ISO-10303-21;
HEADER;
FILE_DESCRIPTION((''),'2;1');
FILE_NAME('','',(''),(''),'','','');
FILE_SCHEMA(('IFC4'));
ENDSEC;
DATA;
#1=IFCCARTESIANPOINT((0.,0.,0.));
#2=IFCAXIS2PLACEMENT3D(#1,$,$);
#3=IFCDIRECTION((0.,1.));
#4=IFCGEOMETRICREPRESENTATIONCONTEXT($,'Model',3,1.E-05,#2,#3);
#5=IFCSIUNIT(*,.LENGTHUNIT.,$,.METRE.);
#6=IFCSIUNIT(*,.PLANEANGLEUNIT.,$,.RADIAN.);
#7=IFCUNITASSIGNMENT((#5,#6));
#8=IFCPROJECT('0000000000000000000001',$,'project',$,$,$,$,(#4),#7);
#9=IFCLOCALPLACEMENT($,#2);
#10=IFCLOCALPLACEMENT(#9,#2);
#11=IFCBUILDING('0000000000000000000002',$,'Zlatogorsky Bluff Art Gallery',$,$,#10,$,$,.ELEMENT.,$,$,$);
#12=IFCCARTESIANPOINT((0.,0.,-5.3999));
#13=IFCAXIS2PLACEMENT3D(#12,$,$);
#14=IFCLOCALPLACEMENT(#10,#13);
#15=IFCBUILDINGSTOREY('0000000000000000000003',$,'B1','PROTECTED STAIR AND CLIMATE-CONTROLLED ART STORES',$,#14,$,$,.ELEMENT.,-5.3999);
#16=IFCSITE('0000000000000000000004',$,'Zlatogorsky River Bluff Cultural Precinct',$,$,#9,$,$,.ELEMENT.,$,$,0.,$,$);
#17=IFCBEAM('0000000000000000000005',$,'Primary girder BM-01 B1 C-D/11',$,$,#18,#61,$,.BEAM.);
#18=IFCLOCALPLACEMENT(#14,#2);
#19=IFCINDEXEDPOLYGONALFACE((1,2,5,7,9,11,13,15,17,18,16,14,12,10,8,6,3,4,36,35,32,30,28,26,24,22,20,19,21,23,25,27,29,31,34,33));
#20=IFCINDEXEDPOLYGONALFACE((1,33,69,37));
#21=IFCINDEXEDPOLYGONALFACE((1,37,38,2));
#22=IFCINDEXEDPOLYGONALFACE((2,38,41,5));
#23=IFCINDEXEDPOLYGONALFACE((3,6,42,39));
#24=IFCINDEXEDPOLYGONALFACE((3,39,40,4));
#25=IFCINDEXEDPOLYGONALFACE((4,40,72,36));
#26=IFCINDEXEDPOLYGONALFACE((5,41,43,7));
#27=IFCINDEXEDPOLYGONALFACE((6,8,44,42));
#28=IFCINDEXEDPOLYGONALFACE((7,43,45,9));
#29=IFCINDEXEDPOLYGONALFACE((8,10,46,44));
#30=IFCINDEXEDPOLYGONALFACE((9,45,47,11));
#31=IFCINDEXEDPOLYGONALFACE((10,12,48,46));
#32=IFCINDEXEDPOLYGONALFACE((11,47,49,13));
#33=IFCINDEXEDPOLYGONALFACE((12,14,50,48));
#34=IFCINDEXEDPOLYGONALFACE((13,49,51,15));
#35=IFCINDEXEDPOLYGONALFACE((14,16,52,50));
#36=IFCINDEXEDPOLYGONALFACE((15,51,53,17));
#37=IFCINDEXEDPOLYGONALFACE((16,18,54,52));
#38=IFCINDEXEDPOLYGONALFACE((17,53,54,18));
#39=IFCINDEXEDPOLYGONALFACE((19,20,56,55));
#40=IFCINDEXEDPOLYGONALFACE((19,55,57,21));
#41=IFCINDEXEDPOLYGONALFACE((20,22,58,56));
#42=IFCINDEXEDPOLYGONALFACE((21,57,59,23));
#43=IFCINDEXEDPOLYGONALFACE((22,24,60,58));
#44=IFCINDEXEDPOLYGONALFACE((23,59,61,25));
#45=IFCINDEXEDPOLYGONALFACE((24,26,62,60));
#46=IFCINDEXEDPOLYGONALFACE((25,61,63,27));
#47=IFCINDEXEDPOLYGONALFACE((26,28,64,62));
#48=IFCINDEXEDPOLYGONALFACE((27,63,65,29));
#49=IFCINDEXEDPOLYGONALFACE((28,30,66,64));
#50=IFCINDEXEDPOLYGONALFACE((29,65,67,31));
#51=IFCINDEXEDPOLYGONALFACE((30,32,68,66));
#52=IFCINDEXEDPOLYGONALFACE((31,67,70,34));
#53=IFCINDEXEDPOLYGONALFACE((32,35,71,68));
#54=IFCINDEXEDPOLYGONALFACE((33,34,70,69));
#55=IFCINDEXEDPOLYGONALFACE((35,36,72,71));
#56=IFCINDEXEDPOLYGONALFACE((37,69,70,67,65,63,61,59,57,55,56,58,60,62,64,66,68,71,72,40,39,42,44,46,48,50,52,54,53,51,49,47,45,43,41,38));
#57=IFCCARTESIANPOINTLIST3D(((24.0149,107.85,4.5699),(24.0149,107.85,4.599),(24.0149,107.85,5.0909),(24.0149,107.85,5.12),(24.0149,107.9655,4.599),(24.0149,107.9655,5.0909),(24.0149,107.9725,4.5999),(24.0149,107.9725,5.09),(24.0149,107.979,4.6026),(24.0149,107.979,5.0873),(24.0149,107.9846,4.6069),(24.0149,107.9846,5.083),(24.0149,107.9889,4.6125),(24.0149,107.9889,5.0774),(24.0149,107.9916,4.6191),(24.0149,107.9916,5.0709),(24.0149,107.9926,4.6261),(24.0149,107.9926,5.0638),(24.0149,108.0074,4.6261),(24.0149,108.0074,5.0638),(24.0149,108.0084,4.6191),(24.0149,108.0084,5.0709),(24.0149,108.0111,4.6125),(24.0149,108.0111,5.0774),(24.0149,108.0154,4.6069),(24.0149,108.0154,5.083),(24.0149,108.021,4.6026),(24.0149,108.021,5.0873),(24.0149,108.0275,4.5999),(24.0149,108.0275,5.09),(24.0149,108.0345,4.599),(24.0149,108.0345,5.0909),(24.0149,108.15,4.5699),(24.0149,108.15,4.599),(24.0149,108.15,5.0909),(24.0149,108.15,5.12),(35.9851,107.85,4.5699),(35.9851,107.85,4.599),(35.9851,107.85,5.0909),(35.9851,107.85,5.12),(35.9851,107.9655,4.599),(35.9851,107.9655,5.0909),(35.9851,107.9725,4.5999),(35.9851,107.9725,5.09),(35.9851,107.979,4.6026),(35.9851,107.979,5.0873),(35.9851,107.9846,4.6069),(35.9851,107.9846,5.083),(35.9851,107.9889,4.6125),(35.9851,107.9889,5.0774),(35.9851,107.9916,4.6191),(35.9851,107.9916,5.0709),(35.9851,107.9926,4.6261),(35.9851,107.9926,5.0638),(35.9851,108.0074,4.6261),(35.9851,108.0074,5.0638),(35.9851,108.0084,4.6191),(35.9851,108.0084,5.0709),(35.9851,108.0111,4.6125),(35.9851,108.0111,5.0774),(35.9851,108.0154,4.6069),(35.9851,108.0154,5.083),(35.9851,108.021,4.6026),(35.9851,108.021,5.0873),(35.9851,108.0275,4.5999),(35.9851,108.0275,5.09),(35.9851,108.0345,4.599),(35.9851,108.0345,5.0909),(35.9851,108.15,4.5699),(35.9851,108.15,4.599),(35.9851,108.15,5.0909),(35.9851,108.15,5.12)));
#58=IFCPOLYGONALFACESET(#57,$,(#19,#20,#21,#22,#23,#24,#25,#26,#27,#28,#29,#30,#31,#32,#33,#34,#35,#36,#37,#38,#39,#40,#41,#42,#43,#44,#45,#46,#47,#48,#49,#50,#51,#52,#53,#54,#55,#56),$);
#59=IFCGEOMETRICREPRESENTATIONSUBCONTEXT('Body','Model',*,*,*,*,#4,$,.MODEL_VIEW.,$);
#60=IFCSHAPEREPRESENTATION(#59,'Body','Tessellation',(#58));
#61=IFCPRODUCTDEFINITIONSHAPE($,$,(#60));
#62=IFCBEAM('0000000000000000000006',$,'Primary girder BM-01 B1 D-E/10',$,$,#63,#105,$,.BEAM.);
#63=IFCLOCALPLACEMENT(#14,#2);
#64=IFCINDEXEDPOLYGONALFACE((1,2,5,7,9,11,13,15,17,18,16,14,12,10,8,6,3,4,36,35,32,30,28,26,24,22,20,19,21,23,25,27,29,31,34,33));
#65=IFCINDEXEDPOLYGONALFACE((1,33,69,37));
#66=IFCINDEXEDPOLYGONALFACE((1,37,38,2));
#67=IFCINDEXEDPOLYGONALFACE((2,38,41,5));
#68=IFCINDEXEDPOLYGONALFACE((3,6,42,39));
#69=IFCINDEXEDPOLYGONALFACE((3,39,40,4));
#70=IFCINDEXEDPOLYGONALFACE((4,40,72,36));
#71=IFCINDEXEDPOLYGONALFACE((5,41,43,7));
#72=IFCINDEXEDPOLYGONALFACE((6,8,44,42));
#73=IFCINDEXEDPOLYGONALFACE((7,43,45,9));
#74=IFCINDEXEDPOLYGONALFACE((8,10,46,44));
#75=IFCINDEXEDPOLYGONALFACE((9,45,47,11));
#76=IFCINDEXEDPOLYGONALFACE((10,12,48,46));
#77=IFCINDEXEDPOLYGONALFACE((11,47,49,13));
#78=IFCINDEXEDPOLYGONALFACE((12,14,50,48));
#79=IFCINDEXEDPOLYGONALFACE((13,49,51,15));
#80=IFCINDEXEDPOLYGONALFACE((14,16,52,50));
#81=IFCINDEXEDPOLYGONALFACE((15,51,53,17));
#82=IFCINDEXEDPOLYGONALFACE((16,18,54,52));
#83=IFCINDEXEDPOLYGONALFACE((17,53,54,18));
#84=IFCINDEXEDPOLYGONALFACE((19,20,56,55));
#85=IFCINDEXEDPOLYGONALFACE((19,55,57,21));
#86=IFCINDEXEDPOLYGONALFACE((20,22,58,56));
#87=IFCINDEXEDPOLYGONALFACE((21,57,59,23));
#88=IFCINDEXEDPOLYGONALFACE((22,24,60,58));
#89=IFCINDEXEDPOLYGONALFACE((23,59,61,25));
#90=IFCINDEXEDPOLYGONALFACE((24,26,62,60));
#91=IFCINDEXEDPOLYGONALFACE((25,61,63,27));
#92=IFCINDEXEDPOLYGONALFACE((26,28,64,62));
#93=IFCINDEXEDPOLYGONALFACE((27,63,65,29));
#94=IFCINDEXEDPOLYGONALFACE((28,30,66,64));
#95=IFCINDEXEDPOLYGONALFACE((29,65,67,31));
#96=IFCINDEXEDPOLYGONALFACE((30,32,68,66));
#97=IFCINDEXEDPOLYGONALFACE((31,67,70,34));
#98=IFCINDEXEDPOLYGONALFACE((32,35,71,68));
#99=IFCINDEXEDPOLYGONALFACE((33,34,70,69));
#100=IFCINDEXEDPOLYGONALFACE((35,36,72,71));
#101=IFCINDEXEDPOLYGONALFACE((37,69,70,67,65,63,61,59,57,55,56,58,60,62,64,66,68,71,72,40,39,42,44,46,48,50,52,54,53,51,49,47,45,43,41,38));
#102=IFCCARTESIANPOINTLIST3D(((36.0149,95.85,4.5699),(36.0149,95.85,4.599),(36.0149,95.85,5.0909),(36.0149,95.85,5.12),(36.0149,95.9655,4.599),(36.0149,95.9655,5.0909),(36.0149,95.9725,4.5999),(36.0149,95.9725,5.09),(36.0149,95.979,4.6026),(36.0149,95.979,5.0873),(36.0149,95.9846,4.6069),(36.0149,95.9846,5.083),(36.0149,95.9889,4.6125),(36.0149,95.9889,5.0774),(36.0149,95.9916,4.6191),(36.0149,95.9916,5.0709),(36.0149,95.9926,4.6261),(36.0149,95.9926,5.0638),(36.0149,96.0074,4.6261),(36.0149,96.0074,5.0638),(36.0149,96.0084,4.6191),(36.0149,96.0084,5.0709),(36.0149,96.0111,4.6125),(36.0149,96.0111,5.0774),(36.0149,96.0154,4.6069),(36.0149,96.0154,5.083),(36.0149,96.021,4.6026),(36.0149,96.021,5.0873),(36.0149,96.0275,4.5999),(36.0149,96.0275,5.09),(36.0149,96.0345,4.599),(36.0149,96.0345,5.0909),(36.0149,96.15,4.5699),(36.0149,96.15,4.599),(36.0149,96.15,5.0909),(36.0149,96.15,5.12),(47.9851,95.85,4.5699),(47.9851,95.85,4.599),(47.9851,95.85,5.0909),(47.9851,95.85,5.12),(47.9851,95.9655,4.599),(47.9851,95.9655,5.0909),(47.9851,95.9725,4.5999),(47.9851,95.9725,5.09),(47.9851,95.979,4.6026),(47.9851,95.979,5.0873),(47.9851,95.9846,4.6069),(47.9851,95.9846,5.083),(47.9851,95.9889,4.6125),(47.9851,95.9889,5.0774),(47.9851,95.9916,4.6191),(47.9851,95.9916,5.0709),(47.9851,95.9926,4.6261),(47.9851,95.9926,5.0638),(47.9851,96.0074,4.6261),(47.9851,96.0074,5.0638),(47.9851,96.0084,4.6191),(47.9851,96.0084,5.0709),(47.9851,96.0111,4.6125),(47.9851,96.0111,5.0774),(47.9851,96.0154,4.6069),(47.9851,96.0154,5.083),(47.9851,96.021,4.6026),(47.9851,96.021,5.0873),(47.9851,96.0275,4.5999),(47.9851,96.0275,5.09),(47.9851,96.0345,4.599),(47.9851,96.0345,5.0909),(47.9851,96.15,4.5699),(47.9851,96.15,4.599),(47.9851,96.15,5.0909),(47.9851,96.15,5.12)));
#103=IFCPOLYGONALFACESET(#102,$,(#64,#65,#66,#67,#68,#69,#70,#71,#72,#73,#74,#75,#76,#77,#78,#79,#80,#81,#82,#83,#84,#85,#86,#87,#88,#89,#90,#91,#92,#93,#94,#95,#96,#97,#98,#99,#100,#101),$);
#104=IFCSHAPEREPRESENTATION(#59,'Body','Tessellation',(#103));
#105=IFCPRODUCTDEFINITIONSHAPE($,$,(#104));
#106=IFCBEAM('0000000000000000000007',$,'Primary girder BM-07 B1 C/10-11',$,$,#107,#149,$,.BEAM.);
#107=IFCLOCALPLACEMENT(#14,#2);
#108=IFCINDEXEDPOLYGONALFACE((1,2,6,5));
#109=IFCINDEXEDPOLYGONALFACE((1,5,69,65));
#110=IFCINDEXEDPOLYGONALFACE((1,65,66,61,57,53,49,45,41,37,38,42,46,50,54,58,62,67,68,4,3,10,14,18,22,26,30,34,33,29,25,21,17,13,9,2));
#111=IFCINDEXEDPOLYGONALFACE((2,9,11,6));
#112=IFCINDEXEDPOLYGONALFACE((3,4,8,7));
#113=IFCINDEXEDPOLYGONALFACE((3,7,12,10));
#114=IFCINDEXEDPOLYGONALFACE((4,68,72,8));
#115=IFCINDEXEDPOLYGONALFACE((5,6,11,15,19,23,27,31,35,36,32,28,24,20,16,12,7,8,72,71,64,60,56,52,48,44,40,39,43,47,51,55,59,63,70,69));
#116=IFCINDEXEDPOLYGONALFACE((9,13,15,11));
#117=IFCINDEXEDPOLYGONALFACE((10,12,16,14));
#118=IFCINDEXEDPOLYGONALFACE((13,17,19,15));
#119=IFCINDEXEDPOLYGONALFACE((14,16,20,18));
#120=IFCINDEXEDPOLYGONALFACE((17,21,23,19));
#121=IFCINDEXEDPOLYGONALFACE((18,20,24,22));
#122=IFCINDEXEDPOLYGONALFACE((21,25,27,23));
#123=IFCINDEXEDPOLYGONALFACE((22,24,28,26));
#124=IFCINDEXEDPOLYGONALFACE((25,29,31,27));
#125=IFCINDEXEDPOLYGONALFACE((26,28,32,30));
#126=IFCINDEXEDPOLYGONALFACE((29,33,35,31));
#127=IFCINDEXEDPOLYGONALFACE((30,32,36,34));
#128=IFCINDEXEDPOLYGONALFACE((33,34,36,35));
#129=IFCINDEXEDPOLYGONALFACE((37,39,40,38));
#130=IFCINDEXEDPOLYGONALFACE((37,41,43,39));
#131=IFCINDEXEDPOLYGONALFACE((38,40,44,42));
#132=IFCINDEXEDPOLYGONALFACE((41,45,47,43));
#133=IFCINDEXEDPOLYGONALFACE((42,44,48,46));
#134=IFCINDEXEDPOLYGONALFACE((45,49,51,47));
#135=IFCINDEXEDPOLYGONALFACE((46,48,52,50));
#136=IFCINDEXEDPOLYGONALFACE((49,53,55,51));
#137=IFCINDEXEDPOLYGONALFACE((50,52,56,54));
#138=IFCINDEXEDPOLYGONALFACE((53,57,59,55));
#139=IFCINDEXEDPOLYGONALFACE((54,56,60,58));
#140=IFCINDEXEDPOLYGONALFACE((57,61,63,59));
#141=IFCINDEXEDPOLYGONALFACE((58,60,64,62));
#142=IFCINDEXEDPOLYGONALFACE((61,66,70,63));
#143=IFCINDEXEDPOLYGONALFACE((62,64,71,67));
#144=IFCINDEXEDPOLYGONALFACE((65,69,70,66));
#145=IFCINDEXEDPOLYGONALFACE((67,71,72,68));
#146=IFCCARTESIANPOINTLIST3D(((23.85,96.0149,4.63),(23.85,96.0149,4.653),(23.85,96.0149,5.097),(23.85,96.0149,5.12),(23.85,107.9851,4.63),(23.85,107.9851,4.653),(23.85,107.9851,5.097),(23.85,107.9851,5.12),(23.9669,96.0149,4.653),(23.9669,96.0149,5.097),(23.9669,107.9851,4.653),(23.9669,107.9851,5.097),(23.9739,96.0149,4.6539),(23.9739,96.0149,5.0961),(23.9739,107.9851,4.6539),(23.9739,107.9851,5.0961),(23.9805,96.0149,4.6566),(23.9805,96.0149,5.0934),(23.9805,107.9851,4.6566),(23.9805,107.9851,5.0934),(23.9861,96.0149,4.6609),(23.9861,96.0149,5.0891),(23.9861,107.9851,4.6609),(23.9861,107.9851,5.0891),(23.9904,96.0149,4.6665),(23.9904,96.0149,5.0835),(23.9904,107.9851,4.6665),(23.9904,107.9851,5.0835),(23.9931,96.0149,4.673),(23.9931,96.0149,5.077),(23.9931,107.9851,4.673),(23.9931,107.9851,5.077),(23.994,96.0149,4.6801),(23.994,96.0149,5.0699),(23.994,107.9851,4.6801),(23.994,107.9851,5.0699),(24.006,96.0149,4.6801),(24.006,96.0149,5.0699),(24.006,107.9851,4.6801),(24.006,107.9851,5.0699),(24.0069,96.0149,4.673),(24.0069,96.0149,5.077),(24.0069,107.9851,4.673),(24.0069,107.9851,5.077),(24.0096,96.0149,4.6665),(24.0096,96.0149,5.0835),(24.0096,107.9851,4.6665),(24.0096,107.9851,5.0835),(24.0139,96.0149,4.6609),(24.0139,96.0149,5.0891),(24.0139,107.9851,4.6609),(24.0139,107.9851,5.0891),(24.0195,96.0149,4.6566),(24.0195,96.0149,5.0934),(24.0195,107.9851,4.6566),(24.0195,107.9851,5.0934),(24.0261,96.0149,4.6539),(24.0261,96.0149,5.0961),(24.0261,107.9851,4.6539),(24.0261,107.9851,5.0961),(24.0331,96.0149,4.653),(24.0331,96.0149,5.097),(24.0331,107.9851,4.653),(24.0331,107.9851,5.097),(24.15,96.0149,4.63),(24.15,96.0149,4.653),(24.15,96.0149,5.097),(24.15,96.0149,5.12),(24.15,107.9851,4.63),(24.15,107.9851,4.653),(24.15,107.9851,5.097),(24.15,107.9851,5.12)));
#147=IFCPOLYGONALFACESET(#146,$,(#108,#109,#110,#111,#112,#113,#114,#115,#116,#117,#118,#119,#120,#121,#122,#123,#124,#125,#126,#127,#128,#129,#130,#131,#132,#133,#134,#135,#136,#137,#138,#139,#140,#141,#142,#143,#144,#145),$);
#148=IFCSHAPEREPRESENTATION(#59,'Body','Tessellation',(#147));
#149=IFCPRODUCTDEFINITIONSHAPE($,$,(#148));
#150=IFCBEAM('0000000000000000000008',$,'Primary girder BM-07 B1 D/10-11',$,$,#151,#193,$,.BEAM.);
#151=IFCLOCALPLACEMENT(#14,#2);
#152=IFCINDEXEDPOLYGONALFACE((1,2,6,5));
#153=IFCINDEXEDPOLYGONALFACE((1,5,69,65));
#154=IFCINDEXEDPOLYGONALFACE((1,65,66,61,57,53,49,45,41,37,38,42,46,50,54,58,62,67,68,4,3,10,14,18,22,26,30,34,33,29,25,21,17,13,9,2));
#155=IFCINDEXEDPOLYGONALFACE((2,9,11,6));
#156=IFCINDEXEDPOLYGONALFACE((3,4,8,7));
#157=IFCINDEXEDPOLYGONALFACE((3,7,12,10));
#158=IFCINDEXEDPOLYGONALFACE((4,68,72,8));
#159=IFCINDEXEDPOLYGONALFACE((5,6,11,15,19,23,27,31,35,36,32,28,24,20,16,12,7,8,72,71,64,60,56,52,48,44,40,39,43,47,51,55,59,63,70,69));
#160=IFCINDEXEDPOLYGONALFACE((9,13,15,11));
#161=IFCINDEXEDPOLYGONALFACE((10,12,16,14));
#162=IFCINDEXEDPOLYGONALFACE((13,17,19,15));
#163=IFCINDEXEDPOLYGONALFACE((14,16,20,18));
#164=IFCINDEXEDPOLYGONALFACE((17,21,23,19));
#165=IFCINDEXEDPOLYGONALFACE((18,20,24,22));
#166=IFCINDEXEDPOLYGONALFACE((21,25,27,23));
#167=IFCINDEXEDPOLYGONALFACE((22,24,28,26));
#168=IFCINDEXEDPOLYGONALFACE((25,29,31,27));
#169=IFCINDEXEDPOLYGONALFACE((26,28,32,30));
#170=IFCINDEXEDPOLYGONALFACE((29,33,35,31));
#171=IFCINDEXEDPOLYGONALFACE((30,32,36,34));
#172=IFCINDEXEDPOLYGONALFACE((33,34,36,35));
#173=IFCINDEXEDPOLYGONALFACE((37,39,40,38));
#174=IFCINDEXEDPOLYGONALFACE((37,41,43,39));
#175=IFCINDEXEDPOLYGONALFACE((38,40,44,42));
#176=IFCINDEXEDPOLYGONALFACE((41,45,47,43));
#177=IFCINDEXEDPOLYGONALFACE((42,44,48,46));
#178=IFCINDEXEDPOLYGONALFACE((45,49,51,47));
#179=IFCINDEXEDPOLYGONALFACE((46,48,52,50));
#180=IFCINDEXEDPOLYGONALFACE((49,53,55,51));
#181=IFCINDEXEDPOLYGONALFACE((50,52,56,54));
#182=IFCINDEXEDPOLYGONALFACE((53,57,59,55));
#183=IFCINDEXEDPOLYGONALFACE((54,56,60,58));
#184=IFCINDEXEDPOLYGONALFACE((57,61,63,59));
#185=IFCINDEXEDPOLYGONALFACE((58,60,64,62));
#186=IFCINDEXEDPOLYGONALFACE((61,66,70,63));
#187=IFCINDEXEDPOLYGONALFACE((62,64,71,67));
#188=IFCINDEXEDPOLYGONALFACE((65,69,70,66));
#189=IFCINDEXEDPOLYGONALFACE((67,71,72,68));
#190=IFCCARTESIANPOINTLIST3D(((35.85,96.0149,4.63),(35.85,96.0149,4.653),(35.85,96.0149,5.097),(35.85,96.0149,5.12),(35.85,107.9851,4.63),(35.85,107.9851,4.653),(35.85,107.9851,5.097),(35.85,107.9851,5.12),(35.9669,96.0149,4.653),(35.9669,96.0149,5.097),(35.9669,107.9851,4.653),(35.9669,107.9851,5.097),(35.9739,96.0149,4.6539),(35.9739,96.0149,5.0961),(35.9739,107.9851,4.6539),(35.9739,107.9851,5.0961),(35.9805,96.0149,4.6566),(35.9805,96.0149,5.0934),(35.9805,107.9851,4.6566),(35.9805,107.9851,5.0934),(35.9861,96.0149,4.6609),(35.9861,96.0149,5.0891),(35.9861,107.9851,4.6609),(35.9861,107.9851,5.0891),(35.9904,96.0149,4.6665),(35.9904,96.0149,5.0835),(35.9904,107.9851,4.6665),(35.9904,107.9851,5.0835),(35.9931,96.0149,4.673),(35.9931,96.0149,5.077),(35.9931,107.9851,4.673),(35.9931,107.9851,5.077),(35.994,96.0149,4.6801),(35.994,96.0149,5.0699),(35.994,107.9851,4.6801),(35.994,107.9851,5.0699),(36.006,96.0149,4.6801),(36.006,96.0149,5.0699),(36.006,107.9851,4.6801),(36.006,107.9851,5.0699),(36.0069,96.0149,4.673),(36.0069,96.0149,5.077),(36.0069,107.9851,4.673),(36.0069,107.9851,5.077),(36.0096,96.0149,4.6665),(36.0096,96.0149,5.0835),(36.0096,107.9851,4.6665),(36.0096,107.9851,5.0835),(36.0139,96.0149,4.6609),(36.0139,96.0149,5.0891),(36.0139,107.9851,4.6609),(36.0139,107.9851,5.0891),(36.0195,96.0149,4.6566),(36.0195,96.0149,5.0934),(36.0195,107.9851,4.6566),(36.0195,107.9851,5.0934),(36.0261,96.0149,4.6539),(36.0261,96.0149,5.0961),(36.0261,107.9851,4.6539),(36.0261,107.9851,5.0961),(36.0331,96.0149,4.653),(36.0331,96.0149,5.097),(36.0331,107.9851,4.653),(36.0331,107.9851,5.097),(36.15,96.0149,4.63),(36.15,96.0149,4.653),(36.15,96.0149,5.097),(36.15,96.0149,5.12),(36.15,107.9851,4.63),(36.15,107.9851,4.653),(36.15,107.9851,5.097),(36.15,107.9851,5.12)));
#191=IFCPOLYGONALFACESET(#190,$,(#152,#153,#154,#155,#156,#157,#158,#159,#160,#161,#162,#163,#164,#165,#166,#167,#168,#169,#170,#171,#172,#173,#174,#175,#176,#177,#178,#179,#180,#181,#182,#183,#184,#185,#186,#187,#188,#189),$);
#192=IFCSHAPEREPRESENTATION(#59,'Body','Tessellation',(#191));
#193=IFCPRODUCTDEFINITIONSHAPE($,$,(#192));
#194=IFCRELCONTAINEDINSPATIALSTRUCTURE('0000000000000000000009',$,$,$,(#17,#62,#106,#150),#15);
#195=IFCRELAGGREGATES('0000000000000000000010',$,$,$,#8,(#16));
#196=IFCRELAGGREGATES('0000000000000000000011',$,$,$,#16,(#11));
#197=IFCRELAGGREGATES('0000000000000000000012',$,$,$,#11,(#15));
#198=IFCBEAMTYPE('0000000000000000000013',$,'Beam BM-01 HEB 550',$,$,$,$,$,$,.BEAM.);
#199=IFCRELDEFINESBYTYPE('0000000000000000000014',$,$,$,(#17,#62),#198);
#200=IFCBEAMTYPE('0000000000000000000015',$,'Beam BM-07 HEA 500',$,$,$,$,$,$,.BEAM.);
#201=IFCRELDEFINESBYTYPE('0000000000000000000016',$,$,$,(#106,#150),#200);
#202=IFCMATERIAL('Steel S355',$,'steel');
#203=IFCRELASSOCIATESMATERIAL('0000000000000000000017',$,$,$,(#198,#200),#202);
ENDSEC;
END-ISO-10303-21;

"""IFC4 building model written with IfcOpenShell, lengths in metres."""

from ifc_helpers import new_model, si_unit, direction, frame, origin, origin_2d, place, context, subcontext, project, spatial, i_section, extrude, material, material_profile, profile_set, type_object, element, save


model = new_model("IFC4")

# Units and contexts
model_context = context("Model", 3, precision=1e-05, world=origin(), true_north=direction((0.0, 1.0)))
body_context = subcontext(model_context, "Body", "Model", "MODEL_VIEW")
ifc_project = project(units=[si_unit("LENGTHUNIT", "METRE"), si_unit("PLANEANGLEUNIT", "RADIAN")], contexts=[model_context])

# Site, building, storey
site_placement = place(None, origin())
site = spatial("IfcSite", under=ifc_project, at=site_placement, Name="Zlatogorsky River Bluff Cultural Precinct", CompositionType="ELEMENT", RefElevation=0.0)
building_placement = place(site_placement, origin())
building = spatial("IfcBuilding", under=site, at=building_placement, Name="Zlatogorsky Bluff Art Gallery", CompositionType="ELEMENT")
storey_placement = place(building_placement, frame((0.0, 0.0, -5.3999)))
storey = spatial("IfcBuildingStorey", under=building, at=storey_placement, Name="B1", Description="PROTECTED STAIR AND CLIMATE-CONTROLLED ART STORES", CompositionType="ELEMENT", Elevation=-5.3999)

# Shared definitions
ifc_material_1 = material(Name="Steel S355", Category="steel")

# Beams
ifc_material_profile_1 = material_profile(ifc_material_1, i_section(OverallWidth=0.3, OverallDepth=0.55, WebThickness=0.0149, FlangeThickness=0.0291, FilletRadius=0.0271, at=origin_2d()), Name="HEB 550")
ifc_profile_set_1 = profile_set([ifc_material_profile_1], Name="Steel S355")
beam_type_1 = type_object("IfcBeamType", Name="Beam BM-01 HEB 550", PredefinedType="BEAM", material=ifc_profile_set_1)
for number, where, z_axis, x_axis, name in (
    (1, (24.0149, 108.0, 4.845), (1.0, 0.0, 0.0), (0.0, 1.0, 0.0), "Primary girder BM-01 B1 C-D/11"),
    (2, (36.0149, 96.0, 4.845), (1.0, 0.0, 0.0), (0.0, 1.0, 0.0), "Primary girder BM-01 B1 D-E/10"),
):
    element("IfcBeam", number, at=place(storey_placement, frame(where, z_axis=z_axis, x_axis=x_axis)), inside=storey, type_object=beam_type_1, Name=name, PredefinedType="BEAM", context=body_context, shape_type="SweptSolid", body=[
        extrude(i_section(OverallWidth=0.3, OverallDepth=0.55, WebThickness=0.0149, FlangeThickness=0.0291, FilletRadius=0.0271, at=origin_2d()), origin(), (0.0, 0.0, 1.0), 11.9702),
    ])
ifc_material_profile_2 = material_profile(ifc_material_1, i_section(OverallWidth=0.3, OverallDepth=0.49, WebThickness=0.012, FlangeThickness=0.0229, FilletRadius=0.0271, at=origin_2d()), Name="HEA 500")
ifc_profile_set_2 = profile_set([ifc_material_profile_2], Name="Steel S355")
beam_type_2 = type_object("IfcBeamType", Name="Beam BM-07 HEA 500", PredefinedType="BEAM", material=ifc_profile_set_2)
for number, where, z_axis, x_axis, name in (
    (3, (24.0, 96.0149, 4.875), (0.0, 1.0, 0.0), (-1.0, 0.0, 0.0), "Primary girder BM-07 B1 C/10-11"),
    (4, (36.0, 96.0149, 4.875), (0.0, 1.0, 0.0), (-1.0, 0.0, 0.0), "Primary girder BM-07 B1 D/10-11"),
):
    element("IfcBeam", number, at=place(storey_placement, frame(where, z_axis=z_axis, x_axis=x_axis)), inside=storey, type_object=beam_type_2, Name=name, PredefinedType="BEAM", context=body_context, shape_type="SweptSolid", body=[
        extrude(i_section(OverallWidth=0.3, OverallDepth=0.49, WebThickness=0.012, FlangeThickness=0.0229, FilletRadius=0.0271, at=origin_2d()), origin(), (0.0, 0.0, 1.0), 11.9702),
    ])

save(model, "model.ifc")
